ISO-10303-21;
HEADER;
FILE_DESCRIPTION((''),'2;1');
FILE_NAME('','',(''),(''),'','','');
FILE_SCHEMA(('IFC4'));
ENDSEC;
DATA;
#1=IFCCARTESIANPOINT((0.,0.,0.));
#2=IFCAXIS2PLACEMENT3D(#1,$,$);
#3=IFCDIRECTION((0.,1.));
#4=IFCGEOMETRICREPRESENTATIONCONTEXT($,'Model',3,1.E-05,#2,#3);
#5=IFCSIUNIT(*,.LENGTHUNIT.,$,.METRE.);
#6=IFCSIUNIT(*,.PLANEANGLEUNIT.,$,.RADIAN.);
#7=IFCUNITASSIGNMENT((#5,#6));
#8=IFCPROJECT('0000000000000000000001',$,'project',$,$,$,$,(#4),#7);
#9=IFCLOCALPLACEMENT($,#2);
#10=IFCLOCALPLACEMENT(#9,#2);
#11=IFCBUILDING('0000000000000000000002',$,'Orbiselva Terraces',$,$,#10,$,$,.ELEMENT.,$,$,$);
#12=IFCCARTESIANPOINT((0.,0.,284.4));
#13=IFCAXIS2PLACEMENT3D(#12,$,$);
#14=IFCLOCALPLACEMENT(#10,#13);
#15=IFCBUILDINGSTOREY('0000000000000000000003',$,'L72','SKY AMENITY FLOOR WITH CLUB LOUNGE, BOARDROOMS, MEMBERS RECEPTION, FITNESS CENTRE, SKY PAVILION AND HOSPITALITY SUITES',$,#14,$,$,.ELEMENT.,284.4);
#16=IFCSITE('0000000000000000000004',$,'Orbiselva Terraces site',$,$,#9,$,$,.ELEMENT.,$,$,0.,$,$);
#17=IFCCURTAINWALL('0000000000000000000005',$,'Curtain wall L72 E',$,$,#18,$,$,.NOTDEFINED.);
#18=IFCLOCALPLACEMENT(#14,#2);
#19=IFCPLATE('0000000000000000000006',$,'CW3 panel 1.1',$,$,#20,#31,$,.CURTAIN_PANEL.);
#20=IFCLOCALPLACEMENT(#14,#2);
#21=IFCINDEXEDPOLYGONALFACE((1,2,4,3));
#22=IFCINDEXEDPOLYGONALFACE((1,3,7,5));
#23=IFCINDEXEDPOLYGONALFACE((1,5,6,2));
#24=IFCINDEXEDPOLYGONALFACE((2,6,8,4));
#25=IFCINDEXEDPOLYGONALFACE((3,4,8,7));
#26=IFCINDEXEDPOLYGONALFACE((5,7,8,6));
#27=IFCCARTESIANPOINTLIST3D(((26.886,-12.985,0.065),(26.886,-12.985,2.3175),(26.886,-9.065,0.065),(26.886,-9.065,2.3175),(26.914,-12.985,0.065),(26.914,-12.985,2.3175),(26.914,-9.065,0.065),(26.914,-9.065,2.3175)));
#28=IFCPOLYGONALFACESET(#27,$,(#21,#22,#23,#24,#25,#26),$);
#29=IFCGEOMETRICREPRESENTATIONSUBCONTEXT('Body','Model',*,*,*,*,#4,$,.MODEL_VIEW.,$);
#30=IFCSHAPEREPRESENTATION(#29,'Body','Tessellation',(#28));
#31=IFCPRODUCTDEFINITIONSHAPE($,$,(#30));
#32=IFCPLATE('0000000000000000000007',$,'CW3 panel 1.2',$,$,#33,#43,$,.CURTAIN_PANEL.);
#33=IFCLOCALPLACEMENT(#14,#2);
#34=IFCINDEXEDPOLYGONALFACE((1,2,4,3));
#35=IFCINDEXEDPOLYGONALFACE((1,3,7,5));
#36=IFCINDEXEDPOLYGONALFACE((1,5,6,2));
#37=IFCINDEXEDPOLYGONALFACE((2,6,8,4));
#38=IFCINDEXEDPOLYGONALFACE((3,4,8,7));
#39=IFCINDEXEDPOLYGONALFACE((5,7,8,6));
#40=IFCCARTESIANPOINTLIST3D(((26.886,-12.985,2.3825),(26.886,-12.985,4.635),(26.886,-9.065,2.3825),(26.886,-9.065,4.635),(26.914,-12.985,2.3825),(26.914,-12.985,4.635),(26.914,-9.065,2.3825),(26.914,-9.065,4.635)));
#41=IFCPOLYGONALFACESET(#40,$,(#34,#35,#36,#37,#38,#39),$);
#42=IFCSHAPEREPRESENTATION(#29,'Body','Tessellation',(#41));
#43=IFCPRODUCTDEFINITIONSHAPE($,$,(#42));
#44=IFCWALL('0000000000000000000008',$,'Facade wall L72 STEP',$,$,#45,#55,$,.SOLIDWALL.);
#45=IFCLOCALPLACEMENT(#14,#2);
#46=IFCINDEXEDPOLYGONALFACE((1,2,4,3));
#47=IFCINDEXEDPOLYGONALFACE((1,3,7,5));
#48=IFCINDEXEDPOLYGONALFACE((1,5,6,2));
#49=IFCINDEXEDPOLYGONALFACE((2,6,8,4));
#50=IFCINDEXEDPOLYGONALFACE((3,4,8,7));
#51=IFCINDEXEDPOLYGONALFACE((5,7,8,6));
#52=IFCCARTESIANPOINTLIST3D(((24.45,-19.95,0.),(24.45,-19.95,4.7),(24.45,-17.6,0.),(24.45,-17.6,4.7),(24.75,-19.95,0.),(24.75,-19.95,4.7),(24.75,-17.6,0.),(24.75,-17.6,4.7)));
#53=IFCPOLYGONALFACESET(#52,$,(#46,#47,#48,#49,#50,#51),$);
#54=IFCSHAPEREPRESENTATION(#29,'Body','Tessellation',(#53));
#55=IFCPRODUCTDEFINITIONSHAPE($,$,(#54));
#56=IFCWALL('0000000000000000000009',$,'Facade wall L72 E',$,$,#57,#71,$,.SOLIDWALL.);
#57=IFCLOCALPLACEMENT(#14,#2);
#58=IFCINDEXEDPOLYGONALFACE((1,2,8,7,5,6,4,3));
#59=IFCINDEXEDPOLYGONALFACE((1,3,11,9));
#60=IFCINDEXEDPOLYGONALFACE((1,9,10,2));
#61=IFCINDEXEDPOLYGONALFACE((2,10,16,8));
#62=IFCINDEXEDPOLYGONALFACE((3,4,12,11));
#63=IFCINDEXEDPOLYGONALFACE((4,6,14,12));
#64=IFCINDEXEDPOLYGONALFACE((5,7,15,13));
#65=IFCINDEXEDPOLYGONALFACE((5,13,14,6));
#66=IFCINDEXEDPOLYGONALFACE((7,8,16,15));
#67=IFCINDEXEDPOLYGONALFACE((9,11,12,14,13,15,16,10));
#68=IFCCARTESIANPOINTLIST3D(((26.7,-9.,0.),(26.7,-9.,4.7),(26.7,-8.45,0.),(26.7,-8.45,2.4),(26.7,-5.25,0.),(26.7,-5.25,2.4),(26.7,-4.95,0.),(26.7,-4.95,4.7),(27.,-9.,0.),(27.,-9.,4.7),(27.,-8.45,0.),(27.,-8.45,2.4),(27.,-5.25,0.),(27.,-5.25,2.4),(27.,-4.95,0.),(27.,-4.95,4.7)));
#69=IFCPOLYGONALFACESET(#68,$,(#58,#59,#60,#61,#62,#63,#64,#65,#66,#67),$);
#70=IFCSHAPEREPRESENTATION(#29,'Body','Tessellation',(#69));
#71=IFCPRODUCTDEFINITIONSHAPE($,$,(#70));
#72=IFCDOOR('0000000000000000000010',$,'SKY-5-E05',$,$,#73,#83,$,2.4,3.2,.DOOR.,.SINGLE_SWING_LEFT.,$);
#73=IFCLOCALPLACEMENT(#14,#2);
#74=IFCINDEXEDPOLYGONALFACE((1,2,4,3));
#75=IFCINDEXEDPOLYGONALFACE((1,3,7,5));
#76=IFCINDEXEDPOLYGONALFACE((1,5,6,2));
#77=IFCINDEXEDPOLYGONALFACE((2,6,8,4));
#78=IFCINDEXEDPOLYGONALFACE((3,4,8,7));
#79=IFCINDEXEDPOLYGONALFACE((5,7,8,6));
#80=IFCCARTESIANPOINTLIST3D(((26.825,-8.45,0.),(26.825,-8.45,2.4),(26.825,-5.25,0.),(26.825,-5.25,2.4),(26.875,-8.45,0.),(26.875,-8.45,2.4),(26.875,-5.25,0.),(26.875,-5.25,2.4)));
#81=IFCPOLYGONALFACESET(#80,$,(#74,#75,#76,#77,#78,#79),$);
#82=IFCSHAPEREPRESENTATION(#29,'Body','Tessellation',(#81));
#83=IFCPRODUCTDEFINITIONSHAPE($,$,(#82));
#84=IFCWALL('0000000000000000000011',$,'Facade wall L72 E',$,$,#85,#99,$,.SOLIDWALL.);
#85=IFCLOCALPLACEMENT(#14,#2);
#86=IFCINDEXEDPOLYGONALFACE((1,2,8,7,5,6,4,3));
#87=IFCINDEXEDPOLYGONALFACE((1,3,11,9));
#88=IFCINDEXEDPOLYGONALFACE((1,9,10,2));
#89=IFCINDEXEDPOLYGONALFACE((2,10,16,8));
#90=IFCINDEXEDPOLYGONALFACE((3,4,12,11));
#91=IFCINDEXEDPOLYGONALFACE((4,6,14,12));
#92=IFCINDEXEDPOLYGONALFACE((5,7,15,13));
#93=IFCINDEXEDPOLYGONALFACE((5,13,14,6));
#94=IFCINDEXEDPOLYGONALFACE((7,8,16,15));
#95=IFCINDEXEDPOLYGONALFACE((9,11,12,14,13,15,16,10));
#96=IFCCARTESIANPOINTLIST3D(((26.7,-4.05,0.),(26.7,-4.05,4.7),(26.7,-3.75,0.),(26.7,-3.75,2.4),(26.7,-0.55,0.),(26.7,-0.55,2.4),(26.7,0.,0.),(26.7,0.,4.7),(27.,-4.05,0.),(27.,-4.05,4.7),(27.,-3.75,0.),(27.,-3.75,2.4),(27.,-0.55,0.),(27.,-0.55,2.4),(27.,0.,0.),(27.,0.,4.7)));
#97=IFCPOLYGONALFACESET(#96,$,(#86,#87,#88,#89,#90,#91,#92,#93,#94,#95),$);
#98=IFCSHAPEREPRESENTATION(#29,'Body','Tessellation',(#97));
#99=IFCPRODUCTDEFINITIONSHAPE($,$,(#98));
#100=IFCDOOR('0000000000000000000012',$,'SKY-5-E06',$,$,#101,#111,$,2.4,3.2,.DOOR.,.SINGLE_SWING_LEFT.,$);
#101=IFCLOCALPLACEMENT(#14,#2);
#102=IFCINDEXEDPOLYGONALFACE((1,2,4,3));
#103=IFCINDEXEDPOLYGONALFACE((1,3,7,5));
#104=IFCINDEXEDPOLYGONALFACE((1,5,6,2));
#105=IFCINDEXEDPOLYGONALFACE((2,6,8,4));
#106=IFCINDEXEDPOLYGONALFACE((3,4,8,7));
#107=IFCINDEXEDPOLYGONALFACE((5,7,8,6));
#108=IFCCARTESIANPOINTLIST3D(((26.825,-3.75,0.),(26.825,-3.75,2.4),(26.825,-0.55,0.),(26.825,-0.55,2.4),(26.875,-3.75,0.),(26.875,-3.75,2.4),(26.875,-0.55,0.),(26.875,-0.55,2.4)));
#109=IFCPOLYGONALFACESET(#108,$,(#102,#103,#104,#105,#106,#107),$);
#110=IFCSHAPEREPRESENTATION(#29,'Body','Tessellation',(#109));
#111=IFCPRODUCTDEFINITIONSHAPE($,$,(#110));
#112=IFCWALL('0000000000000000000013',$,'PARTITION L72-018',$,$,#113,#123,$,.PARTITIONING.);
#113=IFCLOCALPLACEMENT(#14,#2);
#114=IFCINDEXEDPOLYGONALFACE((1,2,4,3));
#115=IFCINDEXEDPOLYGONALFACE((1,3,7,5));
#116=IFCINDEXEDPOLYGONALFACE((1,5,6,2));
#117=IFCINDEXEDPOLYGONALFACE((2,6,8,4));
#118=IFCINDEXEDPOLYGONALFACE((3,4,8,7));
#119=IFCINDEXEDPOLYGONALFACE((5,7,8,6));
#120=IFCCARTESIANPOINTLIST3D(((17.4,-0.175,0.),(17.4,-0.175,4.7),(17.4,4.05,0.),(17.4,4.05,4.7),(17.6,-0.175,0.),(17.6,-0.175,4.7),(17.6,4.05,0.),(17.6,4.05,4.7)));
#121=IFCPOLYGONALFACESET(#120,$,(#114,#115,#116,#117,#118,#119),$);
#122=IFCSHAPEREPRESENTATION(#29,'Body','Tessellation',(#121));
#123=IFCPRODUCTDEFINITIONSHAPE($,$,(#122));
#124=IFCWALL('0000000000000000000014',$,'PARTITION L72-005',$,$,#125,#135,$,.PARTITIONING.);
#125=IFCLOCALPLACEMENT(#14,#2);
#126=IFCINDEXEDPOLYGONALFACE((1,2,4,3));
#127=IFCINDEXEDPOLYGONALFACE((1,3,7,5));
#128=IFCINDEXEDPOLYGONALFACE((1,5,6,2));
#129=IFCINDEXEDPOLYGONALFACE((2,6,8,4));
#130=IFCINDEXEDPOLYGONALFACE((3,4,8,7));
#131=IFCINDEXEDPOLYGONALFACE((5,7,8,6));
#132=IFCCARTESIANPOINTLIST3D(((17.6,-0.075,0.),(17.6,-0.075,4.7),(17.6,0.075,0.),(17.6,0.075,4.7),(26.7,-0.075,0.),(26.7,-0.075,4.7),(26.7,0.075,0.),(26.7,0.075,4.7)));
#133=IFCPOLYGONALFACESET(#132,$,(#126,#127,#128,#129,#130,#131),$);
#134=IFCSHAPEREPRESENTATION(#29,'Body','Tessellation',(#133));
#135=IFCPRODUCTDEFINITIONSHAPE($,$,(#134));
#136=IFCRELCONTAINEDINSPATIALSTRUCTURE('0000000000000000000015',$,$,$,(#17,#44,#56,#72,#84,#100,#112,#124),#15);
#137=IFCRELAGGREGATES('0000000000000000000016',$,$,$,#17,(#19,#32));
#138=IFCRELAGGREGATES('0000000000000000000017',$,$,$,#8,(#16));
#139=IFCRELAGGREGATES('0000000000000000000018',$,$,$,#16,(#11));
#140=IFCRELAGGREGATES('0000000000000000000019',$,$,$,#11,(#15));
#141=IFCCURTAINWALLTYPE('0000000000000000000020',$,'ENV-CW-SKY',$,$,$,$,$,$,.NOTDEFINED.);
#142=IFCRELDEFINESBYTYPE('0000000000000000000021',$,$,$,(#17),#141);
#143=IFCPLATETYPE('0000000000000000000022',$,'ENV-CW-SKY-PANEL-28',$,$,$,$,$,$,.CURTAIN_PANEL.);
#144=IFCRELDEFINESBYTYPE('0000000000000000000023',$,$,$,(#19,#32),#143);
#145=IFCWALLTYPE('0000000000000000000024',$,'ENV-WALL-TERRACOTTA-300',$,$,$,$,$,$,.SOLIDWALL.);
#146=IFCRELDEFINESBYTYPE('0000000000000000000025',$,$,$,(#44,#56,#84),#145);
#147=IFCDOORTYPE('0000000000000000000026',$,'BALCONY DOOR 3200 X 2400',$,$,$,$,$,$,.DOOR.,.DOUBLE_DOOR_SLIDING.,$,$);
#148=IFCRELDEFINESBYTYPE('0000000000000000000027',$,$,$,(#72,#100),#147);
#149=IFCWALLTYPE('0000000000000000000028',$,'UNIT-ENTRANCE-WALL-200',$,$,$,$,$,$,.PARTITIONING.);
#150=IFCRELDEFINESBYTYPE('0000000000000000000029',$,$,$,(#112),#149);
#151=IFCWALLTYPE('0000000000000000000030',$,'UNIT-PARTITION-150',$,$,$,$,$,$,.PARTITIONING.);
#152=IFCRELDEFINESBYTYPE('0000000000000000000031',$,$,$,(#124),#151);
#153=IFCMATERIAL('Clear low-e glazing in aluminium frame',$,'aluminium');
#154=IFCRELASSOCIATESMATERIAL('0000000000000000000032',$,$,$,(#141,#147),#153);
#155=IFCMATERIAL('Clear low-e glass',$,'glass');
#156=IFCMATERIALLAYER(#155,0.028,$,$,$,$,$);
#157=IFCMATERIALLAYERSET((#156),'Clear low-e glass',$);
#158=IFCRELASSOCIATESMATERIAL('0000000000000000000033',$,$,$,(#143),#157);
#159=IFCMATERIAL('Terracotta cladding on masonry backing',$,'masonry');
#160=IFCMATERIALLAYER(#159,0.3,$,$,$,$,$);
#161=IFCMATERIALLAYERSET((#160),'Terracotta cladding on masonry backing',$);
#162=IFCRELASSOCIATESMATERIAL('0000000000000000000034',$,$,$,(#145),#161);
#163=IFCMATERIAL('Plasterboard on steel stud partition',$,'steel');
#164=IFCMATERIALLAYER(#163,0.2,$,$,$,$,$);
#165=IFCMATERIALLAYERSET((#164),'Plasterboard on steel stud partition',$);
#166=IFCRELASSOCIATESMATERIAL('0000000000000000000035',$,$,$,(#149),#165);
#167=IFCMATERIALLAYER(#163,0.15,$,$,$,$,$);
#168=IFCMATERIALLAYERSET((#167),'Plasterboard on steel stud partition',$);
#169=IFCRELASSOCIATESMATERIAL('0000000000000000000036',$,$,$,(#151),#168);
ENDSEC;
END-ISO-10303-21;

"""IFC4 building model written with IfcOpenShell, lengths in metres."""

from ifc_helpers import new_model, si_unit, direction, frame, frame_2d, origin, origin_2d, place, context, subcontext, project, spatial, rectangle, extrude, material, layer, layer_set, type_object, element, fill, aggregate, save


model = new_model("IFC4")

# Units and contexts
model_context = context("Model", 3, precision=1e-05, world=origin(), true_north=direction((0.0, 1.0)))
body_context = subcontext(model_context, "Body", "Model", "MODEL_VIEW")
ifc_project = project(units=[si_unit("LENGTHUNIT", "METRE"), si_unit("PLANEANGLEUNIT", "RADIAN")], contexts=[model_context])

# Site, building, storey
site_placement = place(None, origin())
site = spatial("IfcSite", under=ifc_project, at=site_placement, Name="Orbiselva Terraces site", CompositionType="ELEMENT", RefElevation=0.0)
building_placement = place(site_placement, origin())
building = spatial("IfcBuilding", under=site, at=building_placement, Name="Orbiselva Terraces", CompositionType="ELEMENT")
storey_placement = place(building_placement, frame((0.0, 0.0, 284.4)))
storey = spatial("IfcBuildingStorey", under=building, at=storey_placement, Name="L72", Description="SKY AMENITY FLOOR WITH CLUB LOUNGE, BOARDROOMS, MEMBERS RECEPTION, FITNESS CENTRE, SKY PAVILION AND HOSPITALITY SUITES", CompositionType="ELEMENT", Elevation=284.4)

# Shared definitions
ifc_material_1 = material(Name="Clear low-e glazing in aluminium frame", Category="aluminium")
curtain_wall_type = type_object("IfcCurtainWallType", Name="ENV-CW-SKY", PredefinedType="NOTDEFINED", material=ifc_material_1)

# Curtain wall
curtain_wall_1_placement = place(storey_placement, origin())
curtain_wall_1 = element("IfcCurtainWall", 1, at=curtain_wall_1_placement, inside=storey, type_object=curtain_wall_type, Name="Curtain wall L72 E", PredefinedType="NOTDEFINED")

# Plates
ifc_material_2 = material(Name="Clear low-e glass", Category="glass")
ifc_layer_1 = layer(ifc_material_2, 0.028)
ifc_layer_set_1 = layer_set([ifc_layer_1], Name="Clear low-e glass")
plate_type = type_object("IfcPlateType", Name="ENV-CW-SKY-PANEL-28", PredefinedType="CURTAIN_PANEL", material=ifc_layer_set_1)
plate_1_placement = place(storey_placement, frame((26.9, -11.025, 0.065), z_axis=(0.0, 0.0, 1.0), x_axis=(0.0, 1.0, 0.0)))
plate_1 = element("IfcPlate", 2, at=plate_1_placement, type_object=plate_type, Name="CW3 panel 1.1", PredefinedType="CURTAIN_PANEL", context=body_context, shape_type="SweptSolid", body=[
    extrude(rectangle(XDim=3.92, YDim=0.028, at=origin_2d()), origin(), (0.0, 0.0, 1.0), 2.2525),
])
plate_2_placement = place(storey_placement, frame((26.9, -11.025, 2.3825), z_axis=(0.0, 0.0, 1.0), x_axis=(0.0, 1.0, 0.0)))
plate_2 = element("IfcPlate", 3, at=plate_2_placement, type_object=plate_type, Name="CW3 panel 1.2", PredefinedType="CURTAIN_PANEL", context=body_context, shape_type="SweptSolid", body=[
    extrude(rectangle(XDim=3.92, YDim=0.028, at=origin_2d()), origin(), (0.0, 0.0, 1.0), 2.2525),
])
aggregate(curtain_wall_1, [plate_1, plate_2])

# Wall
ifc_material_3 = material(Name="Terracotta cladding on masonry backing", Category="masonry")
ifc_layer_2 = layer(ifc_material_3, 0.3)
ifc_layer_set_2 = layer_set([ifc_layer_2], Name="Terracotta cladding on masonry backing")
wall_type_1 = type_object("IfcWallType", Name="ENV-WALL-TERRACOTTA-300", PredefinedType="SOLIDWALL", material=ifc_layer_set_2)
wall_1_placement = place(storey_placement, frame((24.6, -17.6, 0.0), z_axis=(0.0, 0.0, 1.0), x_axis=(0.0, -1.0, 0.0)))
element("IfcWall", 4, at=wall_1_placement, inside=storey, type_object=wall_type_1, Name="Facade wall L72 STEP", PredefinedType="SOLIDWALL", context=body_context, shape_type="SweptSolid", body=[
    extrude(rectangle(XDim=2.35, YDim=0.3, at=frame_2d((1.175, 0.0))), origin(), (0.0, 0.0, 1.0), 4.7),
])

# Walls, openings, doors
wall_2_placement = place(storey_placement, frame((26.85, -4.95, 0.0), z_axis=(0.0, 0.0, 1.0), x_axis=(0.0, -1.0, 0.0)))
wall_2 = element("IfcWall", 5, at=wall_2_placement, inside=storey, type_object=wall_type_1, Name="Facade wall L72 E", PredefinedType="SOLIDWALL", context=body_context, shape_type="SweptSolid", body=[
    extrude(rectangle(XDim=4.05, YDim=0.3, at=frame_2d((2.025, 0.0))), origin(), (0.0, 0.0, 1.0), 4.7),
])
opening_1_placement = place(wall_2_placement, frame((0.3, 0.0, 0.0)))
opening_1 = element("IfcOpeningElement", 6, at=opening_1_placement, cuts=wall_2, PredefinedType="OPENING", context=body_context, shape_type="SweptSolid", body=[
    extrude(rectangle(XDim=3.2, YDim=2.4, at=frame_2d((1.6, 1.2))), frame((0.0, 0.16, 0.0), z_axis=(0.0, -1.0, 0.0), x_axis=(1.0, 0.0, 0.0)), (0.0, 0.0, 1.0), 0.32),
])
door_type = type_object("IfcDoorType", Name="BALCONY DOOR 3200 X 2400", OperationType="DOUBLE_DOOR_SLIDING", PredefinedType="DOOR", material=ifc_material_1)
door_1_placement = place(opening_1_placement, origin())
door_1 = element("IfcDoor", 7, at=door_1_placement, inside=storey, type_object=door_type, Name="SKY-5-E05", OperationType="SINGLE_SWING_LEFT", OverallHeight=2.4, OverallWidth=3.2, PredefinedType="DOOR", context=body_context, shape_type="SweptSolid", body=[
    extrude(rectangle(XDim=3.2, YDim=2.4, at=frame_2d((1.6, 1.2))), frame((0.0, 0.025, 0.0), z_axis=(0.0, -1.0, 0.0), x_axis=(1.0, 0.0, 0.0)), (0.0, 0.0, 1.0), 0.05),
])
fill(opening_1, door_1)
wall_3_placement = place(storey_placement, frame((26.85, 0.0, 0.0), z_axis=(0.0, 0.0, 1.0), x_axis=(0.0, -1.0, 0.0)))
wall_3 = element("IfcWall", 8, at=wall_3_placement, inside=storey, type_object=wall_type_1, Name="Facade wall L72 E", PredefinedType="SOLIDWALL", context=body_context, shape_type="SweptSolid", body=[
    extrude(rectangle(XDim=4.05, YDim=0.3, at=frame_2d((2.025, 0.0))), origin(), (0.0, 0.0, 1.0), 4.7),
])
opening_2_placement = place(wall_3_placement, frame((0.55, 0.0, 0.0)))
opening_2 = element("IfcOpeningElement", 9, at=opening_2_placement, cuts=wall_3, PredefinedType="OPENING", context=body_context, shape_type="SweptSolid", body=[
    extrude(rectangle(XDim=3.2, YDim=2.4, at=frame_2d((1.6, 1.2))), frame((0.0, 0.16, 0.0), z_axis=(0.0, -1.0, 0.0), x_axis=(1.0, 0.0, 0.0)), (0.0, 0.0, 1.0), 0.32),
])
door_2_placement = place(opening_2_placement, origin())
door_2 = element("IfcDoor", 10, at=door_2_placement, inside=storey, type_object=door_type, Name="SKY-5-E06", OperationType="SINGLE_SWING_LEFT", OverallHeight=2.4, OverallWidth=3.2, PredefinedType="DOOR", context=body_context, shape_type="SweptSolid", body=[
    extrude(rectangle(XDim=3.2, YDim=2.4, at=frame_2d((1.6, 1.2))), frame((0.0, 0.025, 0.0), z_axis=(0.0, -1.0, 0.0), x_axis=(1.0, 0.0, 0.0)), (0.0, 0.0, 1.0), 0.05),
])
fill(opening_2, door_2)

# Walls
ifc_material_4 = material(Name="Plasterboard on steel stud partition", Category="steel")
ifc_layer_3 = layer(ifc_material_4, 0.2)
ifc_layer_set_3 = layer_set([ifc_layer_3], Name="Plasterboard on steel stud partition")
wall_type_2 = type_object("IfcWallType", Name="UNIT-ENTRANCE-WALL-200", PredefinedType="PARTITIONING", material=ifc_layer_set_3)
wall_4_placement = place(storey_placement, frame((17.5, -0.175, 0.0), z_axis=(0.0, 0.0, 1.0), x_axis=(0.0, 1.0, 0.0)))
element("IfcWall", 11, at=wall_4_placement, inside=storey, type_object=wall_type_2, Name="PARTITION L72-018", PredefinedType="PARTITIONING", context=body_context, shape_type="SweptSolid", body=[
    extrude(rectangle(XDim=4.225, YDim=0.2, at=frame_2d((2.1125, 0.0))), origin(), (0.0, 0.0, 1.0), 4.7),
])
ifc_layer_4 = layer(ifc_material_4, 0.15)
ifc_layer_set_4 = layer_set([ifc_layer_4], Name="Plasterboard on steel stud partition")
wall_type_3 = type_object("IfcWallType", Name="UNIT-PARTITION-150", PredefinedType="PARTITIONING", material=ifc_layer_set_4)
wall_5_placement = place(storey_placement, frame((17.6, 0.0, 0.0), z_axis=(0.0, 0.0, 1.0), x_axis=(1.0, 0.0, 0.0)))
element("IfcWall", 12, at=wall_5_placement, inside=storey, type_object=wall_type_3, Name="PARTITION L72-005", PredefinedType="PARTITIONING", context=body_context, shape_type="SweptSolid", body=[
    extrude(rectangle(XDim=9.1, YDim=0.15, at=frame_2d((4.55, 0.0))), origin(), (0.0, 0.0, 1.0), 4.7),
])

save(model, "model.ifc")
